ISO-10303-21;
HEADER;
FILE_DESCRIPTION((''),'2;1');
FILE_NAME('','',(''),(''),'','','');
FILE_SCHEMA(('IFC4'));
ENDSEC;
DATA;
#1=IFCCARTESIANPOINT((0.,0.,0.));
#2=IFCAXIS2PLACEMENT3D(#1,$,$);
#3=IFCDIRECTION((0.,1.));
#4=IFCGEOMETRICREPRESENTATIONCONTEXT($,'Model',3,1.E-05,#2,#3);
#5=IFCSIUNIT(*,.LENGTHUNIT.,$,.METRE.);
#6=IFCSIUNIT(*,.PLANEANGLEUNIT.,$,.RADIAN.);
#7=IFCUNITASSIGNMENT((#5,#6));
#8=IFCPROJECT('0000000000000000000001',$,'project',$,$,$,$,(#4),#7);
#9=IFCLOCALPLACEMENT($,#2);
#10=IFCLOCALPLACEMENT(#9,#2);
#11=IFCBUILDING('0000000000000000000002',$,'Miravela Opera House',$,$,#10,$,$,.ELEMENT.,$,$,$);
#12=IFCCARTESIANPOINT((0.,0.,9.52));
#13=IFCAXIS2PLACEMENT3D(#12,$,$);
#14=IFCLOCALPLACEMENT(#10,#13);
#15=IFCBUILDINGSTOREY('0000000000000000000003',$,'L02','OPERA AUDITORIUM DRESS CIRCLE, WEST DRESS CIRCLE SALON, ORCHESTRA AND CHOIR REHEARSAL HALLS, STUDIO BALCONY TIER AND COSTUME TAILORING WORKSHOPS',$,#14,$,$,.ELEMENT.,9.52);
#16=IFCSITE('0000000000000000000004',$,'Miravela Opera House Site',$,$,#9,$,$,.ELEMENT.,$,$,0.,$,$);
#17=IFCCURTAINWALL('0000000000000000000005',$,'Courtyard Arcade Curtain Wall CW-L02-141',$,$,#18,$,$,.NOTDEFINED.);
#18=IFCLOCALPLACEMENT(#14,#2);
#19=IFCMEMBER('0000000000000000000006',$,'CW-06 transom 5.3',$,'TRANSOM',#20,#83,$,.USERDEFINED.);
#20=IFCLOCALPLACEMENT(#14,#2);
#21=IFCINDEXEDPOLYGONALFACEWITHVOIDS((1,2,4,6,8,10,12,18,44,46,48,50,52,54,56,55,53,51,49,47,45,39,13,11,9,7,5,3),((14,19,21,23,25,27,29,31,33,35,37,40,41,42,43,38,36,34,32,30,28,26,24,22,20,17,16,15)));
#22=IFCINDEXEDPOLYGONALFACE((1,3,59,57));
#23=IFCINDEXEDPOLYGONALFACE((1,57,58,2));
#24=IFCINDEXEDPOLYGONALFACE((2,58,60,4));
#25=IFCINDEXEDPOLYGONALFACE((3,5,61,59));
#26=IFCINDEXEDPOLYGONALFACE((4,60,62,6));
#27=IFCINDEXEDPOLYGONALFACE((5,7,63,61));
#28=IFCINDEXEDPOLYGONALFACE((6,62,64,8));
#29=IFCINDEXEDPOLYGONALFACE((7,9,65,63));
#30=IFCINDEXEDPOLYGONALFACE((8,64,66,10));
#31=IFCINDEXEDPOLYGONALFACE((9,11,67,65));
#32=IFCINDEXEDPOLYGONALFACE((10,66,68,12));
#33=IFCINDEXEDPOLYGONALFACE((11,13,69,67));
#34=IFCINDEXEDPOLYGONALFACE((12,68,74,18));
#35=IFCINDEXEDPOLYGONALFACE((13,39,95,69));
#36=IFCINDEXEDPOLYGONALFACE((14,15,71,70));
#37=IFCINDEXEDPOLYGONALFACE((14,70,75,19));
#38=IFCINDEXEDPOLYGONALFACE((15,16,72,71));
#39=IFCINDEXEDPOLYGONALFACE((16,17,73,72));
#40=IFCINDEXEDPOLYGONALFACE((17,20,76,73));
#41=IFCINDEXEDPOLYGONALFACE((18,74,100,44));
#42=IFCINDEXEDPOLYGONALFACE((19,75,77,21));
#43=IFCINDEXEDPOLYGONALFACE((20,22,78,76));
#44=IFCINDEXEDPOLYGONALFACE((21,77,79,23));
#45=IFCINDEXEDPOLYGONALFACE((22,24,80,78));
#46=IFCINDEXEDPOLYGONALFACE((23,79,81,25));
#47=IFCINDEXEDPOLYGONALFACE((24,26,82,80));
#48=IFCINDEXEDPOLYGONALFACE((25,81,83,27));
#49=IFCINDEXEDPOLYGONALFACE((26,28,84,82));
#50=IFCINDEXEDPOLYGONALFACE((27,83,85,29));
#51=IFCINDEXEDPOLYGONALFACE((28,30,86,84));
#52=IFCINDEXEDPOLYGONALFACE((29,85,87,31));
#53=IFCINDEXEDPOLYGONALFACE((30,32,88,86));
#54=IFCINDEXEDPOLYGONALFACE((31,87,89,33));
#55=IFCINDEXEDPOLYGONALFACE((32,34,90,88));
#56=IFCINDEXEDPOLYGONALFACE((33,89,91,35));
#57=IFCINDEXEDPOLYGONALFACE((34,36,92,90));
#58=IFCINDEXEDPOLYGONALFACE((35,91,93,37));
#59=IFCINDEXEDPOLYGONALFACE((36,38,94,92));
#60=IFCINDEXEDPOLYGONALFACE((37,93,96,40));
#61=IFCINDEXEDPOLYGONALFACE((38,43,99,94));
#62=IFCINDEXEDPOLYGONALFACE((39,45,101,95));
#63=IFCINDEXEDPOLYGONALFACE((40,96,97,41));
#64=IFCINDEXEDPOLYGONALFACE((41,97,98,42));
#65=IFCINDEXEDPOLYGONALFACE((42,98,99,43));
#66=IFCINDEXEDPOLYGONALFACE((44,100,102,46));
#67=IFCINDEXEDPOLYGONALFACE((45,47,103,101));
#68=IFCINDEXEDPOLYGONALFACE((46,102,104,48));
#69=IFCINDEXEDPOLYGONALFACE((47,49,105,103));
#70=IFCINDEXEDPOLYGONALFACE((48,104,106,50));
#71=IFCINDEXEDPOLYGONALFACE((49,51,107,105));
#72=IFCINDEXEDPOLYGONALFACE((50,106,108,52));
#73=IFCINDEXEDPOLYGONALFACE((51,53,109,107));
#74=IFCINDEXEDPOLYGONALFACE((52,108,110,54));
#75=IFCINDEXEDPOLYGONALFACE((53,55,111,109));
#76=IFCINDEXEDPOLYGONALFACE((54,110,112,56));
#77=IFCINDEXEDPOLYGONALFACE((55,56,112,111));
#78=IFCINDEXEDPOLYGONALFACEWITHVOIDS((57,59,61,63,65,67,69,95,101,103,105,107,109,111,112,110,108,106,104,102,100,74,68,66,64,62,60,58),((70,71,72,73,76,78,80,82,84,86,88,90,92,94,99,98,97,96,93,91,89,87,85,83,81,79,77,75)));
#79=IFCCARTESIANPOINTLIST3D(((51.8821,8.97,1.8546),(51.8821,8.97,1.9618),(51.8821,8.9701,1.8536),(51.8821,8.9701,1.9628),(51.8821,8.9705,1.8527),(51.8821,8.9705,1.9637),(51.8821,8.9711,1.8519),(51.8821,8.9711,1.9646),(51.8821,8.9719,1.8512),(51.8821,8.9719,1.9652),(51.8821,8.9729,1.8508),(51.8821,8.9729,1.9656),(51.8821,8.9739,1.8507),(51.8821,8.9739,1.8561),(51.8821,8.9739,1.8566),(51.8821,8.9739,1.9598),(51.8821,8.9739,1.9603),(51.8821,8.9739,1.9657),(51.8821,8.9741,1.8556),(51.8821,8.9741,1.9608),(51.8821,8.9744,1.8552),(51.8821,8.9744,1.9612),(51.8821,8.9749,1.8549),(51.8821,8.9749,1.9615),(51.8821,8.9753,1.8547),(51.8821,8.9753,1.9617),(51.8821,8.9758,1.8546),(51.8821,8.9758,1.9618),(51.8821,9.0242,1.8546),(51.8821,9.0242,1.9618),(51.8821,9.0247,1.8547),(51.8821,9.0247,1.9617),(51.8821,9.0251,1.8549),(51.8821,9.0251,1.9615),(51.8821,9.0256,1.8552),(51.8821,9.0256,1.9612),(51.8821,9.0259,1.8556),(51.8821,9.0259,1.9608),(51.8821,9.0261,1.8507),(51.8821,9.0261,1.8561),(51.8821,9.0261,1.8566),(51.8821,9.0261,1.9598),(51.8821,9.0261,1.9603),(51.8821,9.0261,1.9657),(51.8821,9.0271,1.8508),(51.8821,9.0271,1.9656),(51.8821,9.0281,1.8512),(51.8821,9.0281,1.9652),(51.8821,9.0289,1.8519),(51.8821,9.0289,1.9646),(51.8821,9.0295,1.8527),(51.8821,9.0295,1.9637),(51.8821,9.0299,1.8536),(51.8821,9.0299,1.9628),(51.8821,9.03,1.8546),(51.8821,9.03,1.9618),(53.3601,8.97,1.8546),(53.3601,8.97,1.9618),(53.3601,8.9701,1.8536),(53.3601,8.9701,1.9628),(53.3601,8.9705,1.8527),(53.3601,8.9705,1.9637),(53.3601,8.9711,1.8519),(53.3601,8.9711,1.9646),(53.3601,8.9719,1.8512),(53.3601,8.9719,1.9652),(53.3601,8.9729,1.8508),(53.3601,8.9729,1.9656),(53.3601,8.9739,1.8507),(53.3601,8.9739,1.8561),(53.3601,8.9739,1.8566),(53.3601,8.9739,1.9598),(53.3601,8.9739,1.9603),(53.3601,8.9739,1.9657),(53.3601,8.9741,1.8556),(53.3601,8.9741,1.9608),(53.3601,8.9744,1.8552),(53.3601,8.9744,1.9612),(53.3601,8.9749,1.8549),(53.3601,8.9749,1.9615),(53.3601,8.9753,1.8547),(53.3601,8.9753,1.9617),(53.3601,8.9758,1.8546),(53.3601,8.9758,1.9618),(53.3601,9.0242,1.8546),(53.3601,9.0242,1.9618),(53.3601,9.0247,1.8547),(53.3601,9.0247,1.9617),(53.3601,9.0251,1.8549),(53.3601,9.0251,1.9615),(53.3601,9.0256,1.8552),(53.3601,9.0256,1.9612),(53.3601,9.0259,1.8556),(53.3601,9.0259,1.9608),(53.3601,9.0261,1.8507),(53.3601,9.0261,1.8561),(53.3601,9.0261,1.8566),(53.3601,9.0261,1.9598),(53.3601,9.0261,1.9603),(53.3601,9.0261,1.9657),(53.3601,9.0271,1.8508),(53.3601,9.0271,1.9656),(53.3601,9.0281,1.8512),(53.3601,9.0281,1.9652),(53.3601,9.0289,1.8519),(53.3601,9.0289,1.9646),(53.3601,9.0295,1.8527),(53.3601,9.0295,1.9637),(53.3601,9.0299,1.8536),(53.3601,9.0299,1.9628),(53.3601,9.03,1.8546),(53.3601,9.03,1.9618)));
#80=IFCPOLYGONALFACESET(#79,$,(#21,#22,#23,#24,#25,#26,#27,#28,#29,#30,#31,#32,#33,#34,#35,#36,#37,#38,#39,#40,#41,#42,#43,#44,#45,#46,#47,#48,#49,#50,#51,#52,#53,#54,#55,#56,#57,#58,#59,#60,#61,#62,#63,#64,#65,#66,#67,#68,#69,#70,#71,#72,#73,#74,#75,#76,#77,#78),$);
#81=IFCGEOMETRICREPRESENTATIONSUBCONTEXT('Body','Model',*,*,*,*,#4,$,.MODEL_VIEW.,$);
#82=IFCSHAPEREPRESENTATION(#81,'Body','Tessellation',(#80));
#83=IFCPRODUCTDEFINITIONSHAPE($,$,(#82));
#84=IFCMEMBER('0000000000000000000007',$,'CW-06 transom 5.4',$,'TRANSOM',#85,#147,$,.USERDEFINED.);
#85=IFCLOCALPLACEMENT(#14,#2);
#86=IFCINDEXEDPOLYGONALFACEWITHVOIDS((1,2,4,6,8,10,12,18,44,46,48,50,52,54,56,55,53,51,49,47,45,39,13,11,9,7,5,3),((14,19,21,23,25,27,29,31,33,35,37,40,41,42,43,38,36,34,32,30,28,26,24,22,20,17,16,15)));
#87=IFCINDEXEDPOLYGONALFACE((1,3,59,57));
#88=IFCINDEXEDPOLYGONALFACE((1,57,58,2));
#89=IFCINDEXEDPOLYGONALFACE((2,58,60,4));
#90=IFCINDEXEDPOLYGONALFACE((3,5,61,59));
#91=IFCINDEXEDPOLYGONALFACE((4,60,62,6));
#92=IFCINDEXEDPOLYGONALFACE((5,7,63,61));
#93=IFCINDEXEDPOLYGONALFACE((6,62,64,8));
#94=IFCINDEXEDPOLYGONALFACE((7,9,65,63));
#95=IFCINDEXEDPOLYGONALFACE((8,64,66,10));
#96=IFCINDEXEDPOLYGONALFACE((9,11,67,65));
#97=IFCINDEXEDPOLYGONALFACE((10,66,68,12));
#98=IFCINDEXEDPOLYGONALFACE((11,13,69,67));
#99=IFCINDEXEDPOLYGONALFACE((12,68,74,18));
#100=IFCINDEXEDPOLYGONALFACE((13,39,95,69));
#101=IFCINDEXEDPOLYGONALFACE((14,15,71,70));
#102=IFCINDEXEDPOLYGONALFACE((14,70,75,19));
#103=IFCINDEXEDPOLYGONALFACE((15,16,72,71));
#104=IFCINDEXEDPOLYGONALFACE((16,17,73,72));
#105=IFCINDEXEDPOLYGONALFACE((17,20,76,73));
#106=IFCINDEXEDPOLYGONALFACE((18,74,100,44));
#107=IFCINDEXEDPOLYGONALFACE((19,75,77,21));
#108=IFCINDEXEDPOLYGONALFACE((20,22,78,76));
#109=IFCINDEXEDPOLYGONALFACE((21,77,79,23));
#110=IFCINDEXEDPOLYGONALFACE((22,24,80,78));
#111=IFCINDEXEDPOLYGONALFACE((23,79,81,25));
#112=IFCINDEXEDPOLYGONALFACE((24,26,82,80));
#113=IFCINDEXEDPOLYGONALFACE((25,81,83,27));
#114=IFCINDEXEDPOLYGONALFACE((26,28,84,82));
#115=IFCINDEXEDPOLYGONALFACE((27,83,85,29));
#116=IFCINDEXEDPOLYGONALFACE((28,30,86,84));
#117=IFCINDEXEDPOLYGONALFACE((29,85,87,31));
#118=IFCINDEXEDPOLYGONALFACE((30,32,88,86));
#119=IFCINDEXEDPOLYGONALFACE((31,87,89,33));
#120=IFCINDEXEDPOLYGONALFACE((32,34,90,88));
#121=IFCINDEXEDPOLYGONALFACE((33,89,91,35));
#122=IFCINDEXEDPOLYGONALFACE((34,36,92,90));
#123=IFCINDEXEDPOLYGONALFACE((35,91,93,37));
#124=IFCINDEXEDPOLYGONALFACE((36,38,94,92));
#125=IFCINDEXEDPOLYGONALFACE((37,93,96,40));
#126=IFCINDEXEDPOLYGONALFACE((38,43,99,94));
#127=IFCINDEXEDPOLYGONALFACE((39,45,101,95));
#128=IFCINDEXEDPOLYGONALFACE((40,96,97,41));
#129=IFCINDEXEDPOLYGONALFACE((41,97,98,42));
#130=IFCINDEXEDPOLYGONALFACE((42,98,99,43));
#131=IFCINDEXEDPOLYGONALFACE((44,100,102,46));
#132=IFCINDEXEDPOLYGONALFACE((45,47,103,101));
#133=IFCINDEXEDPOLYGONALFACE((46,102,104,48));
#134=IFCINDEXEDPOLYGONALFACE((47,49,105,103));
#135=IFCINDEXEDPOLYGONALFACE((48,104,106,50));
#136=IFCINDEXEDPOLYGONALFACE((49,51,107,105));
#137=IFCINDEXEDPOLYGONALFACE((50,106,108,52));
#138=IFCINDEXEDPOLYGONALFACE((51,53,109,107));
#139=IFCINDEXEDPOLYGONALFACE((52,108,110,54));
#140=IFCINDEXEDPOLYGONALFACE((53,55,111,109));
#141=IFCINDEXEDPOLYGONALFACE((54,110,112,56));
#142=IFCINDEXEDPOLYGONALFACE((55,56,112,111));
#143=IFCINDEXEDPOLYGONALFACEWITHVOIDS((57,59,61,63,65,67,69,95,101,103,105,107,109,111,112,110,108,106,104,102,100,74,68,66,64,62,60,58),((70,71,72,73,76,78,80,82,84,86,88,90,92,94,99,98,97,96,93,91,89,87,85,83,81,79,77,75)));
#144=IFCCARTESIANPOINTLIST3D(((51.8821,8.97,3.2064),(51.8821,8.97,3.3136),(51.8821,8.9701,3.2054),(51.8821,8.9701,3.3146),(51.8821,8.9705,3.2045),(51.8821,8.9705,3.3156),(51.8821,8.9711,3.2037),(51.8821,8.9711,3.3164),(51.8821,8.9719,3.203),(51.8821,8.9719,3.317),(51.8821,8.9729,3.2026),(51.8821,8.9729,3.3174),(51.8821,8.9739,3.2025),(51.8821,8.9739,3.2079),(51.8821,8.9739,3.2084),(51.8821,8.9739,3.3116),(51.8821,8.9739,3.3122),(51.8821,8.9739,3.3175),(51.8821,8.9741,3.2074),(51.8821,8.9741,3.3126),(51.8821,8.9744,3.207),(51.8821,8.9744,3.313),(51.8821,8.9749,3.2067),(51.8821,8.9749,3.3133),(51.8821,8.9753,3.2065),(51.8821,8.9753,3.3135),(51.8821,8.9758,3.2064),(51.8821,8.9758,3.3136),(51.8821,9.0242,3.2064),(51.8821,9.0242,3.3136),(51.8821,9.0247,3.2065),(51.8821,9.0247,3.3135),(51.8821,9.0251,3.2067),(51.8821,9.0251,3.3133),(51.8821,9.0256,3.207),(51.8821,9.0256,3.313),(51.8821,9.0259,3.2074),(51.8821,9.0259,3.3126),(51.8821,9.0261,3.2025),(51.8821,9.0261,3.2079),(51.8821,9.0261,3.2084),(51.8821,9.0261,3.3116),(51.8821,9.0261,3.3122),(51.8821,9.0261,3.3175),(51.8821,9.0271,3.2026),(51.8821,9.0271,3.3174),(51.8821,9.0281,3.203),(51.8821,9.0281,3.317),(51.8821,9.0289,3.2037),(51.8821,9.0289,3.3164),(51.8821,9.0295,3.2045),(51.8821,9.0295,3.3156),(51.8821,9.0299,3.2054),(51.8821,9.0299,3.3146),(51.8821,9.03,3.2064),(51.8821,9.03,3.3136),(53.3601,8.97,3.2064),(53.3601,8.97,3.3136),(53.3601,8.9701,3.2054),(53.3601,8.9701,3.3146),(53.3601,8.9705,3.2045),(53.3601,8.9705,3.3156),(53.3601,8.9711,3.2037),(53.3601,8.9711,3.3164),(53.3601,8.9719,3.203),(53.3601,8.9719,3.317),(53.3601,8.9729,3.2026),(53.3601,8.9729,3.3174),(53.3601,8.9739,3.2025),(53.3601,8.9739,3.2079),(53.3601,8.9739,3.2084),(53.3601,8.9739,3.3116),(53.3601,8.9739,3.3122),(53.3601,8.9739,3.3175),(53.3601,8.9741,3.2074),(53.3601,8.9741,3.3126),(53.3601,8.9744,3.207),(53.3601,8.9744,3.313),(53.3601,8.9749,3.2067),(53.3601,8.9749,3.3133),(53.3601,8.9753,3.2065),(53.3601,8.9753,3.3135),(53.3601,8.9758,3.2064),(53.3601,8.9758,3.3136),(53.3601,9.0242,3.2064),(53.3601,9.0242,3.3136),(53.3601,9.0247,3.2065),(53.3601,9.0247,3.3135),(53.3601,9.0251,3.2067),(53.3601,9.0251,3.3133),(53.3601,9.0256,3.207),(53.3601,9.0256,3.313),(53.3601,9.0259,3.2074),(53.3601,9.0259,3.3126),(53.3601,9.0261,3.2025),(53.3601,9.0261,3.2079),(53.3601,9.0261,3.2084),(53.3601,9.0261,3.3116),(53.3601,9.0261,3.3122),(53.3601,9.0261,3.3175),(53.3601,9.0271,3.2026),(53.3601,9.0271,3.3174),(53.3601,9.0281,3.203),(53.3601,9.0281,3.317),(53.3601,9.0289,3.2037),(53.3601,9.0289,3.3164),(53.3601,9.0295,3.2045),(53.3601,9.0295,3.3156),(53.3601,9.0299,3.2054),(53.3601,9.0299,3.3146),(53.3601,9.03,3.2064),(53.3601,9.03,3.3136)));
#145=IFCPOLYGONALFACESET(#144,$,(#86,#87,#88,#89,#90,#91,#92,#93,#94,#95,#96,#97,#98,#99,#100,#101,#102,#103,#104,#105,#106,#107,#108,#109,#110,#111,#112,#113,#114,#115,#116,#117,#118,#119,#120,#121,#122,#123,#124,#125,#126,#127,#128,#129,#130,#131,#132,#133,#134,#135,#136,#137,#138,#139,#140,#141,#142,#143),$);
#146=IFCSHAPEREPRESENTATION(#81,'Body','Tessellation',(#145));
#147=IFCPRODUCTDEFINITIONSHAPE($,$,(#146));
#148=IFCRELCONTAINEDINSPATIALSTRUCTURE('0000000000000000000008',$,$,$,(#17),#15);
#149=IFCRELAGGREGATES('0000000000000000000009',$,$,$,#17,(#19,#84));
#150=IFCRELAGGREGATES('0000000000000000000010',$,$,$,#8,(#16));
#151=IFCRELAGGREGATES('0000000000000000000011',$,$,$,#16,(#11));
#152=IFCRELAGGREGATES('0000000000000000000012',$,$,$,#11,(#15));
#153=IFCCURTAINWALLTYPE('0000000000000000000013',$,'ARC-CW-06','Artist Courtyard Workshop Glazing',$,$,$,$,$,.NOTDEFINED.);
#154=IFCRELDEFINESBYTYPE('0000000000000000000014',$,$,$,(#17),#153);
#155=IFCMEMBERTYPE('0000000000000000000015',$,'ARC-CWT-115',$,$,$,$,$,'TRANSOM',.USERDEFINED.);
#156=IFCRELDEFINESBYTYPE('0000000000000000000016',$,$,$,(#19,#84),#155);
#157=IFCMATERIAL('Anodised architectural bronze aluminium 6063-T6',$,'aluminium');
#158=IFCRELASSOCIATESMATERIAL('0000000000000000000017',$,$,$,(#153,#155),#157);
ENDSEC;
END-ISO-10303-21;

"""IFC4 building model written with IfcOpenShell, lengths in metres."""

from ifc_helpers import new_model, si_unit, direction, frame, origin, origin_2d, place, context, subcontext, project, spatial, hollow_rectangle, extrude, material, material_profile, profile_set, type_object, element, aggregate, save


model = new_model("IFC4")

# Units and contexts
model_context = context("Model", 3, precision=1e-05, world=origin(), true_north=direction((0.0, 1.0)))
body_context = subcontext(model_context, "Body", "Model", "MODEL_VIEW")
ifc_project = project(units=[si_unit("LENGTHUNIT", "METRE"), si_unit("PLANEANGLEUNIT", "RADIAN")], contexts=[model_context])

# Site, building, storey
site_placement = place(None, origin())
site = spatial("IfcSite", under=ifc_project, at=site_placement, Name="Miravela Opera House Site", CompositionType="ELEMENT", RefElevation=0.0)
building_placement = place(site_placement, origin())
building = spatial("IfcBuilding", under=site, at=building_placement, Name="Miravela Opera House", CompositionType="ELEMENT")
storey_placement = place(building_placement, frame((0.0, 0.0, 9.52)))
storey = spatial("IfcBuildingStorey", under=building, at=storey_placement, Name="L02", Description="OPERA AUDITORIUM DRESS CIRCLE, WEST DRESS CIRCLE SALON, ORCHESTRA AND CHOIR REHEARSAL HALLS, STUDIO BALCONY TIER AND COSTUME TAILORING WORKSHOPS", CompositionType="ELEMENT", Elevation=9.52)

# Curtain wall
ifc_material_1 = material(Name="Anodised architectural bronze aluminium 6063-T6", Category="aluminium")
curtain_wall_type = type_object("IfcCurtainWallType", Name="ARC-CW-06", Description="Artist Courtyard Workshop Glazing", PredefinedType="NOTDEFINED", material=ifc_material_1)
curtain_wall_1_placement = place(storey_placement, origin())
curtain_wall_1 = element("IfcCurtainWall", 1, at=curtain_wall_1_placement, inside=storey, type_object=curtain_wall_type, Name="Courtyard Arcade Curtain Wall CW-L02-141", PredefinedType="NOTDEFINED")

# Members
ifc_material_profile_1 = material_profile(ifc_material_1, hollow_rectangle(XDim=0.0601, YDim=0.115, WallThickness=0.0039, InnerFilletRadius=0.002, OuterFilletRadius=0.0039, at=origin_2d()), Name="CWT-60X115")
ifc_profile_set_1 = profile_set([ifc_material_profile_1])
member_type_1 = type_object("IfcMemberType", Name="ARC-CWT-115", ElementType="TRANSOM", PredefinedType="USERDEFINED", material=ifc_profile_set_1)
member_1_placement = place(storey_placement, frame((51.8821, 9.0, 1.9082), z_axis=(1.0, 0.0, 0.0), x_axis=(0.0, 1.0, 0.0)))
member_1 = element("IfcMember", 2, at=member_1_placement, type_object=member_type_1, Name="CW-06 transom 5.3", ObjectType="TRANSOM", PredefinedType="USERDEFINED", context=body_context, shape_type="SweptSolid", body=[
    extrude(hollow_rectangle(XDim=0.0601, YDim=0.115, WallThickness=0.0039, InnerFilletRadius=0.002, OuterFilletRadius=0.0039, at=origin_2d()), origin(), (0.0, 0.0, 1.0), 1.478),
])
member_2_placement = place(storey_placement, frame((51.8821, 9.0, 3.26), z_axis=(1.0, 0.0, 0.0), x_axis=(0.0, 1.0, 0.0)))
member_2 = element("IfcMember", 3, at=member_2_placement, type_object=member_type_1, Name="CW-06 transom 5.4", ObjectType="TRANSOM", PredefinedType="USERDEFINED", context=body_context, shape_type="SweptSolid", body=[
    extrude(hollow_rectangle(XDim=0.0601, YDim=0.115, WallThickness=0.0039, InnerFilletRadius=0.002, OuterFilletRadius=0.0039, at=origin_2d()), origin(), (0.0, 0.0, 1.0), 1.478),
])

aggregate(curtain_wall_1, [member_1, member_2])

save(model, "model.ifc")
